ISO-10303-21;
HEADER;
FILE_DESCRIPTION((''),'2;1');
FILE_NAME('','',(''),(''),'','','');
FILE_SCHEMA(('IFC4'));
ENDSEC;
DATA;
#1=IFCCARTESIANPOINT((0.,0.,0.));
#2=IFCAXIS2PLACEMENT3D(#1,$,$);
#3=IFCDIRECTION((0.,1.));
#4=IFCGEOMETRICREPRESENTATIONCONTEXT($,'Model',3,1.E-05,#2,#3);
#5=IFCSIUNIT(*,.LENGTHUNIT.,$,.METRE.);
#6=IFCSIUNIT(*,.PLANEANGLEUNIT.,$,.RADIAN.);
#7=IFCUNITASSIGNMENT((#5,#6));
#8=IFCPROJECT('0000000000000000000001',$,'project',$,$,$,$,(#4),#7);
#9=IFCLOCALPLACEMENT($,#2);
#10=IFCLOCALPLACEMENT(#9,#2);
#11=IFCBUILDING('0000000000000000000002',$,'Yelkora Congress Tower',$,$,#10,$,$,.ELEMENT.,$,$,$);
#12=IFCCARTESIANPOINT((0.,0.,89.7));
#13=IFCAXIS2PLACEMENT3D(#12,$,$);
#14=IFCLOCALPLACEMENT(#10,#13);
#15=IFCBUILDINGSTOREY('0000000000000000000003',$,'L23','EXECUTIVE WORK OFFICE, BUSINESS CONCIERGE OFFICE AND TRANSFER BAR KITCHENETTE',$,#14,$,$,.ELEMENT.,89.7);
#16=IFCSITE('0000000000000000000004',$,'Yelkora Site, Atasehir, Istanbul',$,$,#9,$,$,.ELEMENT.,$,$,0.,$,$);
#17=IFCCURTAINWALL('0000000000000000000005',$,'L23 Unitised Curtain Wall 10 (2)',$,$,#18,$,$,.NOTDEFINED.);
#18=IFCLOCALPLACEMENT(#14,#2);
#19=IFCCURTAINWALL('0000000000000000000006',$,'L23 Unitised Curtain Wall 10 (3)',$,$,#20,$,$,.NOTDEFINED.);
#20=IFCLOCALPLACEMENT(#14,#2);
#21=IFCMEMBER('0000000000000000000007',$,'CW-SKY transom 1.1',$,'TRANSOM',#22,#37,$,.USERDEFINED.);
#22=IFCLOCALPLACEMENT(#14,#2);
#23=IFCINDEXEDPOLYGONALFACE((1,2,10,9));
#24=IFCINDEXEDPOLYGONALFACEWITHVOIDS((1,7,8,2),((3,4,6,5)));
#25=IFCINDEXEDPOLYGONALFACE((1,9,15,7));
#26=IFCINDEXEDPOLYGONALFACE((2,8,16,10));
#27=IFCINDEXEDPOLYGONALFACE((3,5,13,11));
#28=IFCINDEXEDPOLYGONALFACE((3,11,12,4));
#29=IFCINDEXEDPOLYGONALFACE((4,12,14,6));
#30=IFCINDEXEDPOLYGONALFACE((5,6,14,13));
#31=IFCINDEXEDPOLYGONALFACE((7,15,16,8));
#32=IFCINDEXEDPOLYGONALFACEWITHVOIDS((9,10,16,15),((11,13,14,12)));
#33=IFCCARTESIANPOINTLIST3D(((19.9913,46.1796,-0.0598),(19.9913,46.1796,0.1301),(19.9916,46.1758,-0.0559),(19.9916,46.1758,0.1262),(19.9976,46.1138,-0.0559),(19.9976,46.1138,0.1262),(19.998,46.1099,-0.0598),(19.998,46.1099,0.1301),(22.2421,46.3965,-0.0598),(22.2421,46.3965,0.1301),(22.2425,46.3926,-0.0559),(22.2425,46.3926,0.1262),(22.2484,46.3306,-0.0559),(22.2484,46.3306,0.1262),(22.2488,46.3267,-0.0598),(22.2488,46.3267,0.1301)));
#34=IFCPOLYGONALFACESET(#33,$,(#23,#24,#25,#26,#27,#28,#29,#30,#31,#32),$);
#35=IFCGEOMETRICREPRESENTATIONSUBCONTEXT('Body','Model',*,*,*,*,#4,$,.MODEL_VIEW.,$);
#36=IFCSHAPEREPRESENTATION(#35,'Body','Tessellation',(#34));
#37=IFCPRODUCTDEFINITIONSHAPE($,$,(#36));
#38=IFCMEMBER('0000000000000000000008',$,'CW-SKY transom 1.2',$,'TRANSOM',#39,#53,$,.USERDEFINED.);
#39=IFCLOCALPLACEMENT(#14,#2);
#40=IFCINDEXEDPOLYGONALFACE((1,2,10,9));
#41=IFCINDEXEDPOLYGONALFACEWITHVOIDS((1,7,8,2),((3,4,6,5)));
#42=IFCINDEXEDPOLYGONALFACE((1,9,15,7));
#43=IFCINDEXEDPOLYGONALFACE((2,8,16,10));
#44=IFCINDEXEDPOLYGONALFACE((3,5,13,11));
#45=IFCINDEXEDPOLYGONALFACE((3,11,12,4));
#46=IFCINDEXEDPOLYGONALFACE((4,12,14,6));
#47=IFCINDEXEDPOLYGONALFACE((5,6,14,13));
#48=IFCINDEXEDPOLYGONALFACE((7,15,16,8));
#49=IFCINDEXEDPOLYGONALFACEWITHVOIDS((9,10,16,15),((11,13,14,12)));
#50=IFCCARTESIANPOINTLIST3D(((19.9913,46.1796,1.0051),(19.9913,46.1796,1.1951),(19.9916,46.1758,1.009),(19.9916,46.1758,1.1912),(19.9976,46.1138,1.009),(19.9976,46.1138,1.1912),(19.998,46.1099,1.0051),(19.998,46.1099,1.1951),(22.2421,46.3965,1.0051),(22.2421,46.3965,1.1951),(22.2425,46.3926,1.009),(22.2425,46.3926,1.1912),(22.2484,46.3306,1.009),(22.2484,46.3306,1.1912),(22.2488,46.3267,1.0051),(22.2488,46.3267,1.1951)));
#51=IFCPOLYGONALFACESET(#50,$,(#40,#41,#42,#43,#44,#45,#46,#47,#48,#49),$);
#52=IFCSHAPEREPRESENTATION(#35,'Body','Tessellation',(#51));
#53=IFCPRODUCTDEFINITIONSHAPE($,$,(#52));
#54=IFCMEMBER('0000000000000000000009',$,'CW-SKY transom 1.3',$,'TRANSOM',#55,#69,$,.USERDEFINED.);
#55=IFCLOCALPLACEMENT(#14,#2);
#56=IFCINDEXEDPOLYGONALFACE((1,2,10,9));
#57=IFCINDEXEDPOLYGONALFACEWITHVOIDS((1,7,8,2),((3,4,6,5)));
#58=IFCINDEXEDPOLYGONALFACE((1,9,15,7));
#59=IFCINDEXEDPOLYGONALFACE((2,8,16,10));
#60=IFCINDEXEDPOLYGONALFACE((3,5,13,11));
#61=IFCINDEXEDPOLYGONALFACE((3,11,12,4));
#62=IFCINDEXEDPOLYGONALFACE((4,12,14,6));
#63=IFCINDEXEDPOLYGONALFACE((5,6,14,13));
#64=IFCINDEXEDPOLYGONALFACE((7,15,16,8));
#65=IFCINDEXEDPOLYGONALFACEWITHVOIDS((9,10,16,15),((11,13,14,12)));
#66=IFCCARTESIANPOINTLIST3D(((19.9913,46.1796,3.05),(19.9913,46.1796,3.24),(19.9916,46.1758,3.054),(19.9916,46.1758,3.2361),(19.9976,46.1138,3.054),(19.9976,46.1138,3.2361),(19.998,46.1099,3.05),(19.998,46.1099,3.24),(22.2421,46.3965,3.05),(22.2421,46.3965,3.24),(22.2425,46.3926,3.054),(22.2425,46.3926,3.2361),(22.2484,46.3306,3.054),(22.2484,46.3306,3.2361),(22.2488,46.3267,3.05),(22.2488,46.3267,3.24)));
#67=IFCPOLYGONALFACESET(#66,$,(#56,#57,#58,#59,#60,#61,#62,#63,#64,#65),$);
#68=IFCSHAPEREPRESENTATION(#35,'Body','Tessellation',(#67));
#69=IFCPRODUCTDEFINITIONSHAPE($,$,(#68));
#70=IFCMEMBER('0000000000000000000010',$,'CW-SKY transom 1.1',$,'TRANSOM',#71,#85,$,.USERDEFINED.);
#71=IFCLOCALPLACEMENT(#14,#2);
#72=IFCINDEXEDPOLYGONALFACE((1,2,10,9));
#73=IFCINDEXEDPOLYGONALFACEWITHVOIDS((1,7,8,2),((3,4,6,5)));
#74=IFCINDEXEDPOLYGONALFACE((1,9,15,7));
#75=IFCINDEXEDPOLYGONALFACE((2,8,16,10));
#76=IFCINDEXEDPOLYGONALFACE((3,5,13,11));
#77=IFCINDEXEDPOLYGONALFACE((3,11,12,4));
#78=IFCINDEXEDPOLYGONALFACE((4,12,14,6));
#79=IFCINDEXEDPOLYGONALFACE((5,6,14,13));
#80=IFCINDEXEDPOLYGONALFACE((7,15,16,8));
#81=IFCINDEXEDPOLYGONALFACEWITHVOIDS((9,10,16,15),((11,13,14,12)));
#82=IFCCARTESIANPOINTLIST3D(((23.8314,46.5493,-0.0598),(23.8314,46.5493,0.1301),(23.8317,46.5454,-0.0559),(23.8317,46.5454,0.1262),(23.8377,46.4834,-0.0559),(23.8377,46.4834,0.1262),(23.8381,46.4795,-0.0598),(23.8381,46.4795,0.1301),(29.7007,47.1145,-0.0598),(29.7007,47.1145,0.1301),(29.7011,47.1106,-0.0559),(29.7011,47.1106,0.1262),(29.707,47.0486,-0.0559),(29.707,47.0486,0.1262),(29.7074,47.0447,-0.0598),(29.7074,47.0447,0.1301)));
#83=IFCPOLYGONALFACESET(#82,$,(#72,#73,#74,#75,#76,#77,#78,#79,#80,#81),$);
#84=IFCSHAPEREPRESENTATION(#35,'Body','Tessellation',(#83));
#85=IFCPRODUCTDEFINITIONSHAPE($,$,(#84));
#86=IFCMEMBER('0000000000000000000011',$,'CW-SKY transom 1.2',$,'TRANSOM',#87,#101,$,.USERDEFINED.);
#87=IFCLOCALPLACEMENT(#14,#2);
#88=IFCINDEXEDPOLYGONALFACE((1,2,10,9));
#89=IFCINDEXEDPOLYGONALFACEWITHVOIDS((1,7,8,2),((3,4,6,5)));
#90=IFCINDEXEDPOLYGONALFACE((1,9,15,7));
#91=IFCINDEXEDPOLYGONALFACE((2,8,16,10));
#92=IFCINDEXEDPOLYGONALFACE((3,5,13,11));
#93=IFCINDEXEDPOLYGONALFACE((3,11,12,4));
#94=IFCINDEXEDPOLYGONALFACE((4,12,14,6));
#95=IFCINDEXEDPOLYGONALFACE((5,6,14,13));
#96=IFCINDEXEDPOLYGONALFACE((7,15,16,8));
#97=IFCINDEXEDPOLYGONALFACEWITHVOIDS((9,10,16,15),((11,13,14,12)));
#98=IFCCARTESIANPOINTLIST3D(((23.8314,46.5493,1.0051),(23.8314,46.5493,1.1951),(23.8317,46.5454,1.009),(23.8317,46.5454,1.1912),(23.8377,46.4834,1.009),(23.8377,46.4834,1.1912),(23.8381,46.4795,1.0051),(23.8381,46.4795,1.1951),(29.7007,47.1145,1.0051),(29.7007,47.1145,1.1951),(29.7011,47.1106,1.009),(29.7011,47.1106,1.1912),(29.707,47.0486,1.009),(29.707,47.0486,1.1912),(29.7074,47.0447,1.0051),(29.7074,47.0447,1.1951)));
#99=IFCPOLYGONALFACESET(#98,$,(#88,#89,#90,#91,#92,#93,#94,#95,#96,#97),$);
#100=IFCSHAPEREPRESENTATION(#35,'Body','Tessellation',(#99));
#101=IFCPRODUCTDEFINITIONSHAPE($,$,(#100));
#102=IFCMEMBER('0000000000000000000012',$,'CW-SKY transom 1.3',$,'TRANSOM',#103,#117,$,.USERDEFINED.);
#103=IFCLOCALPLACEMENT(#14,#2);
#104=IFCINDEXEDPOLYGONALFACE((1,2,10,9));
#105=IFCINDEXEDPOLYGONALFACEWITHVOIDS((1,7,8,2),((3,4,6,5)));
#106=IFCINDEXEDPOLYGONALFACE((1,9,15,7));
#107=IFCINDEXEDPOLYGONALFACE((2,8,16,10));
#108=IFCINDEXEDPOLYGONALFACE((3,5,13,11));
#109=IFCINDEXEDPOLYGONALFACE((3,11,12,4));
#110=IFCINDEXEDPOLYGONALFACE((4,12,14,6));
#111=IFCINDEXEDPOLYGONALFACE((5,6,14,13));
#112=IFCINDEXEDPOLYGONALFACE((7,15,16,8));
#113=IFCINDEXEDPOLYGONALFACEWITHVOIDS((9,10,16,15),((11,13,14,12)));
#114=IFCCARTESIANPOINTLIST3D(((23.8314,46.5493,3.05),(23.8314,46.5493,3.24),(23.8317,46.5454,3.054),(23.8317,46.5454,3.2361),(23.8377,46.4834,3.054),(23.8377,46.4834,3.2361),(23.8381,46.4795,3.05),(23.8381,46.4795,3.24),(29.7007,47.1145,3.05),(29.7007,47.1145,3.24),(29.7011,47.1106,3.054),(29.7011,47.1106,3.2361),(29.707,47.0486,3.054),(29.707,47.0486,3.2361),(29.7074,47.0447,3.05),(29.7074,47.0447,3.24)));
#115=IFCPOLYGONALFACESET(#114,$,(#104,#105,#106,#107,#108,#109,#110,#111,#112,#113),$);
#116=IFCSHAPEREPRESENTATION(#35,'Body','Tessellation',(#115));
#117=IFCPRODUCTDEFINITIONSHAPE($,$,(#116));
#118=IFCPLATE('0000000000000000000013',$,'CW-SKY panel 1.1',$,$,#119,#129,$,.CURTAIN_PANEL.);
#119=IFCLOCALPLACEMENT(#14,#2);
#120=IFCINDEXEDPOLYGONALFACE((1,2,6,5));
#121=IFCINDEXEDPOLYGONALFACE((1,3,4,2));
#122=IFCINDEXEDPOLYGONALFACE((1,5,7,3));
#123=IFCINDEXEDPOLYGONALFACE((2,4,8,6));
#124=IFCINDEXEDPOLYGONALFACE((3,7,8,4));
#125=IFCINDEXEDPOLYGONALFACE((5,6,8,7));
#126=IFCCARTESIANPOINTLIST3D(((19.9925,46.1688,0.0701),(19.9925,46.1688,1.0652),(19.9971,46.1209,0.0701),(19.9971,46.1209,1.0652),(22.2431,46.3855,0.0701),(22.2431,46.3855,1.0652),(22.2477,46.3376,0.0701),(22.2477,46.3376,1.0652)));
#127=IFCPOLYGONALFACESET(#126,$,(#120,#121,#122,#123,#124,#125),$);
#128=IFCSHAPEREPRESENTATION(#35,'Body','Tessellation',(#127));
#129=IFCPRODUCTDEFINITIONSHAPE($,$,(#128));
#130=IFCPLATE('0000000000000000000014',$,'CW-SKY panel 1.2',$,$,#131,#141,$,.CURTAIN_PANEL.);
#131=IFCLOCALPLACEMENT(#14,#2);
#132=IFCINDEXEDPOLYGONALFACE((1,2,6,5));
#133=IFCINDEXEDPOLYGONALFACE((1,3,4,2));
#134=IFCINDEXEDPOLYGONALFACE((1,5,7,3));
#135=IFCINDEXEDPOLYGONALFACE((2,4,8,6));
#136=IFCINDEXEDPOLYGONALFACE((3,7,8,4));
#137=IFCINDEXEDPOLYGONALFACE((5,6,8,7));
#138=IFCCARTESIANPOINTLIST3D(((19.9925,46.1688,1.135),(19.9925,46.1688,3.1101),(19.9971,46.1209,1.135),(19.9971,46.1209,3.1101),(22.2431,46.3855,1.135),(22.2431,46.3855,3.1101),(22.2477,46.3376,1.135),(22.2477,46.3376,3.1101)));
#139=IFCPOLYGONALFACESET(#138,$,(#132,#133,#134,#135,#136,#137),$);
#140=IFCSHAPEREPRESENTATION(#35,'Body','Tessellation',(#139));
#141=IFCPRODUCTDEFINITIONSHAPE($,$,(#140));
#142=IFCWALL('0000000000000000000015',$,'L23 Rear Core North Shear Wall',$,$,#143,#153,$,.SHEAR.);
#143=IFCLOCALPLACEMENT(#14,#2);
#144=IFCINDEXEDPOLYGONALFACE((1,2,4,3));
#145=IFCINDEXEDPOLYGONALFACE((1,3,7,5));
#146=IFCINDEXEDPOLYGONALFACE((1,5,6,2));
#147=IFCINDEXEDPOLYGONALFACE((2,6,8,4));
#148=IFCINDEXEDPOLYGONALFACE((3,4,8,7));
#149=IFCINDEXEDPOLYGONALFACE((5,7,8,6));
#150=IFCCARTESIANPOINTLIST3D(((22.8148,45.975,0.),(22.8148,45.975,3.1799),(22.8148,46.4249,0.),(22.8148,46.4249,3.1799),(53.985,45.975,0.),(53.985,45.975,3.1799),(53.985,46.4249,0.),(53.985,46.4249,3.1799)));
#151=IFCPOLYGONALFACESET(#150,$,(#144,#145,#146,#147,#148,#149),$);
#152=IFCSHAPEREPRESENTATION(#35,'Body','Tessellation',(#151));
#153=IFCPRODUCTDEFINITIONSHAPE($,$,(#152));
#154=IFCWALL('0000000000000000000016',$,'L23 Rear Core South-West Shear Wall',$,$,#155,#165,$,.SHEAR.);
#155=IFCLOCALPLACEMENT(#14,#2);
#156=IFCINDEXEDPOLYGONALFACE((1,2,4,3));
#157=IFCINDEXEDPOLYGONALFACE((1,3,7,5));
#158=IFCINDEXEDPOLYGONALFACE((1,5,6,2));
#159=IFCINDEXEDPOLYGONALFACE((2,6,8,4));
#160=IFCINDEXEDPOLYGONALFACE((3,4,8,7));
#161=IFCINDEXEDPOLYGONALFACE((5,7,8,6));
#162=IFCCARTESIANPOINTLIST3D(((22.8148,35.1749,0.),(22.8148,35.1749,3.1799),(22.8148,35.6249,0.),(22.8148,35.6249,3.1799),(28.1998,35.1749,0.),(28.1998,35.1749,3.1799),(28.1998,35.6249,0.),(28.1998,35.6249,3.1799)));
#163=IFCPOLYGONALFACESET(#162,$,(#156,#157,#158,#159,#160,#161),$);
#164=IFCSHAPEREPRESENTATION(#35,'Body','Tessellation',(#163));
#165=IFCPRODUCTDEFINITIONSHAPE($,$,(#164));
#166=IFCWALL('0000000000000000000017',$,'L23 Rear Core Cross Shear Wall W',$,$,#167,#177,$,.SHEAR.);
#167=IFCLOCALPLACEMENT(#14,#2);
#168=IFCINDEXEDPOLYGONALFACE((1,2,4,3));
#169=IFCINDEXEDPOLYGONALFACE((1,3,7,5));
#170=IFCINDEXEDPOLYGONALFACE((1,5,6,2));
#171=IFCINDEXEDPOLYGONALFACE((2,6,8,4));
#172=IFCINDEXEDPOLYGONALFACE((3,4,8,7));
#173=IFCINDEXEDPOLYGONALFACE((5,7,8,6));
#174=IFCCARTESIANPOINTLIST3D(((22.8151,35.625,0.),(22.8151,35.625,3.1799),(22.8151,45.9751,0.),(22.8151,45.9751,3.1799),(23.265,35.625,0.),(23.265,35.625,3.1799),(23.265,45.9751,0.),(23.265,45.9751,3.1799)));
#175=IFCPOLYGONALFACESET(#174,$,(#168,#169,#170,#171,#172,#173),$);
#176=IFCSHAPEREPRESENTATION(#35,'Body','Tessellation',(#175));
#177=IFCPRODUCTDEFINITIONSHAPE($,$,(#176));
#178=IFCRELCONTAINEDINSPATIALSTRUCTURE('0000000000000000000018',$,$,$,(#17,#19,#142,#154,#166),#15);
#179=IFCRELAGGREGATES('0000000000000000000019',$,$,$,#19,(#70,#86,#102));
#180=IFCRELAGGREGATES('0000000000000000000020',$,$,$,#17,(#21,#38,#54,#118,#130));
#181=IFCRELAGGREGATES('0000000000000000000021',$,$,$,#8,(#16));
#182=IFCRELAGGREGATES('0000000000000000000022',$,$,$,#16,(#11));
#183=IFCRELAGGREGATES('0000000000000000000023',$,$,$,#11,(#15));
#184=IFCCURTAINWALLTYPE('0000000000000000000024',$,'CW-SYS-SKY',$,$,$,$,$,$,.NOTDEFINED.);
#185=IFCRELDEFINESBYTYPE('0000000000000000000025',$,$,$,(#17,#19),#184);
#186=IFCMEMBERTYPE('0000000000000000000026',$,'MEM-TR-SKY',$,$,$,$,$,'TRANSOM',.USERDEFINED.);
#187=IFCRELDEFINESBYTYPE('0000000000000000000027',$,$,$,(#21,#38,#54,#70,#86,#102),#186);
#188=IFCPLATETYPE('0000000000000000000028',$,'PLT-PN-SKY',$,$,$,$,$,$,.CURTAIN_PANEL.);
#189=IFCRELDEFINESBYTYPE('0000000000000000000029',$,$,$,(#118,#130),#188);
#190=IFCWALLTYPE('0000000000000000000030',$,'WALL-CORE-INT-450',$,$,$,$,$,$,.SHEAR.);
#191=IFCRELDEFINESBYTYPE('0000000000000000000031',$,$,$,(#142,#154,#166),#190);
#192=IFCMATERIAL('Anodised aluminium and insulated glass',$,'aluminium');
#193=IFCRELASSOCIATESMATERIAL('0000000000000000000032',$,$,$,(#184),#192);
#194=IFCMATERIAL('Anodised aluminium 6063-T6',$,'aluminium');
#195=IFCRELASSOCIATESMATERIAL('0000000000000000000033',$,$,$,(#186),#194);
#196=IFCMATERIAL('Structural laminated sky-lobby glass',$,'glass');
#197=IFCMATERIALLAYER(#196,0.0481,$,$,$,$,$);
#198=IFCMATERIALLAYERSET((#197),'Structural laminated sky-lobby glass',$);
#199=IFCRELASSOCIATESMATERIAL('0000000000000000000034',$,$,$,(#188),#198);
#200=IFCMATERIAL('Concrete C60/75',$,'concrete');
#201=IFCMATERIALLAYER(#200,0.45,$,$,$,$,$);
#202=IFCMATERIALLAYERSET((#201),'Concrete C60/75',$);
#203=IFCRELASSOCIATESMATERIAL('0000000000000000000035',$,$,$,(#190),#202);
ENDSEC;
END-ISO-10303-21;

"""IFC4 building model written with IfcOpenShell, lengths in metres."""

from ifc_helpers import new_model, si_unit, direction, frame, frame_2d, origin, origin_2d, place, context, subcontext, project, spatial, rectangle, hollow_rectangle, extrude, material, layer, layer_set, material_profile, profile_set, type_object, element, aggregate, save


model = new_model("IFC4")

# Units and contexts
model_context = context("Model", 3, precision=1e-05, world=origin(), true_north=direction((0.0, 1.0)))
body_context = subcontext(model_context, "Body", "Model", "MODEL_VIEW")
ifc_project = project(units=[si_unit("LENGTHUNIT", "METRE"), si_unit("PLANEANGLEUNIT", "RADIAN")], contexts=[model_context])

# Site, building, storey
site_placement = place(None, origin())
site = spatial("IfcSite", under=ifc_project, at=site_placement, Name="Yelkora Site, Atasehir, Istanbul", CompositionType="ELEMENT", RefElevation=0.0)
building_placement = place(site_placement, origin())
building = spatial("IfcBuilding", under=site, at=building_placement, Name="Yelkora Congress Tower", CompositionType="ELEMENT")
storey_placement = place(building_placement, frame((0.0, 0.0, 89.7)))
storey = spatial("IfcBuildingStorey", under=building, at=storey_placement, Name="L23", Description="EXECUTIVE WORK OFFICE, BUSINESS CONCIERGE OFFICE AND TRANSFER BAR KITCHENETTE", CompositionType="ELEMENT", Elevation=89.7)

# Curtain walls
ifc_material_1 = material(Name="Anodised aluminium and insulated glass", Category="aluminium")
curtain_wall_type = type_object("IfcCurtainWallType", Name="CW-SYS-SKY", PredefinedType="NOTDEFINED", material=ifc_material_1)
curtain_wall_1_placement = place(storey_placement, origin())
curtain_wall_1 = element("IfcCurtainWall", 1, at=curtain_wall_1_placement, inside=storey, type_object=curtain_wall_type, Name="L23 Unitised Curtain Wall 10 (2)", PredefinedType="NOTDEFINED")
ifc_material_2 = material(Name="Anodised aluminium 6063-T6", Category="aluminium")
curtain_wall_2_placement = place(storey_placement, origin())
curtain_wall_2 = element("IfcCurtainWall", 2, at=curtain_wall_2_placement, inside=storey, type_object=curtain_wall_type, Name="L23 Unitised Curtain Wall 10 (3)", PredefinedType="NOTDEFINED")

# Members
ifc_material_profile_1 = material_profile(ifc_material_2, hollow_rectangle(XDim=0.0701, YDim=0.1899, WallThickness=0.0039, at=origin_2d()), Name="ALU 70x190x4")
ifc_profile_set_1 = profile_set([ifc_material_profile_1], Name="Anodised aluminium 6063-T6")
member_type_1 = type_object("IfcMemberType", Name="MEM-TR-SKY", ElementType="TRANSOM", PredefinedType="USERDEFINED", material=ifc_profile_set_1)
member_1_placement = place(storey_placement, frame((19.9946, 46.1448, 0.0352), z_axis=(0.995393, 0.095879, 0.0), x_axis=(-0.095879, 0.995393, 0.0)))
member_1 = element("IfcMember", 3, at=member_1_placement, type_object=member_type_1, Name="CW-SKY transom 1.1", ObjectType="TRANSOM", PredefinedType="USERDEFINED", context=body_context, shape_type="SweptSolid", body=[
    extrude(hollow_rectangle(XDim=0.0701, YDim=0.1899, WallThickness=0.0039, at=origin_2d()), origin(), (0.0, 0.0, 1.0), 2.2612),
])
member_2_placement = place(storey_placement, frame((19.9946, 46.1448, 1.1001), z_axis=(0.995393, 0.095879, 0.0), x_axis=(-0.095879, 0.995393, 0.0)))
member_2 = element("IfcMember", 4, at=member_2_placement, type_object=member_type_1, Name="CW-SKY transom 1.2", ObjectType="TRANSOM", PredefinedType="USERDEFINED", context=body_context, shape_type="SweptSolid", body=[
    extrude(hollow_rectangle(XDim=0.0701, YDim=0.1899, WallThickness=0.0039, at=origin_2d()), origin(), (0.0, 0.0, 1.0), 2.2612),
])
member_3_placement = place(storey_placement, frame((19.9946, 46.1448, 3.145), z_axis=(0.995393, 0.095879, 0.0), x_axis=(-0.095879, 0.995393, 0.0)))
member_3 = element("IfcMember", 5, at=member_3_placement, type_object=member_type_1, Name="CW-SKY transom 1.3", ObjectType="TRANSOM", PredefinedType="USERDEFINED", context=body_context, shape_type="SweptSolid", body=[
    extrude(hollow_rectangle(XDim=0.0701, YDim=0.1899, WallThickness=0.0039, at=origin_2d()), origin(), (0.0, 0.0, 1.0), 2.2612),
])
member_4_placement = place(storey_placement, frame((23.8347, 46.5144, 0.0352), z_axis=(0.995396, 0.09585, 0.0), x_axis=(-0.09585, 0.995396, 0.0)))
member_4 = element("IfcMember", 6, at=member_4_placement, type_object=member_type_1, Name="CW-SKY transom 1.1", ObjectType="TRANSOM", PredefinedType="USERDEFINED", context=body_context, shape_type="SweptSolid", body=[
    extrude(hollow_rectangle(XDim=0.0701, YDim=0.1899, WallThickness=0.0039, at=origin_2d()), origin(), (0.0, 0.0, 1.0), 5.8965),
])
member_5_placement = place(storey_placement, frame((23.8347, 46.5144, 1.1001), z_axis=(0.995396, 0.09585, 0.0), x_axis=(-0.09585, 0.995396, 0.0)))
member_5 = element("IfcMember", 7, at=member_5_placement, type_object=member_type_1, Name="CW-SKY transom 1.2", ObjectType="TRANSOM", PredefinedType="USERDEFINED", context=body_context, shape_type="SweptSolid", body=[
    extrude(hollow_rectangle(XDim=0.0701, YDim=0.1899, WallThickness=0.0039, at=origin_2d()), origin(), (0.0, 0.0, 1.0), 5.8965),
])
member_6_placement = place(storey_placement, frame((23.8347, 46.5144, 3.145), z_axis=(0.995396, 0.09585, 0.0), x_axis=(-0.09585, 0.995396, 0.0)))
member_6 = element("IfcMember", 8, at=member_6_placement, type_object=member_type_1, Name="CW-SKY transom 1.3", ObjectType="TRANSOM", PredefinedType="USERDEFINED", context=body_context, shape_type="SweptSolid", body=[
    extrude(hollow_rectangle(XDim=0.0701, YDim=0.1899, WallThickness=0.0039, at=origin_2d()), origin(), (0.0, 0.0, 1.0), 5.8965),
])
aggregate(curtain_wall_2, [member_4, member_5, member_6])

# Plates
ifc_material_3 = material(Name="Structural laminated sky-lobby glass", Category="glass")
ifc_layer_1 = layer(ifc_material_3, 0.0481)
ifc_layer_set_1 = layer_set([ifc_layer_1], Name="Structural laminated sky-lobby glass")
plate_type = type_object("IfcPlateType", Name="PLT-PN-SKY", PredefinedType="CURTAIN_PANEL", material=ifc_layer_set_1)
plate_1_placement = place(storey_placement, frame((21.1201, 46.2532, 0.0701), z_axis=(0.0, 0.0, 1.0), x_axis=(0.995396, 0.095848, 0.0)))
plate_1 = element("IfcPlate", 9, at=plate_1_placement, type_object=plate_type, Name="CW-SKY panel 1.1", PredefinedType="CURTAIN_PANEL", context=body_context, shape_type="SweptSolid", body=[
    extrude(rectangle(XDim=2.261, YDim=0.0481, at=origin_2d()), origin(), (0.0, 0.0, 1.0), 0.9951),
])
plate_2_placement = place(storey_placement, frame((21.1201, 46.2532, 1.135), z_axis=(0.0, 0.0, 1.0), x_axis=(0.995396, 0.095848, 0.0)))
plate_2 = element("IfcPlate", 10, at=plate_2_placement, type_object=plate_type, Name="CW-SKY panel 1.2", PredefinedType="CURTAIN_PANEL", context=body_context, shape_type="SweptSolid", body=[
    extrude(rectangle(XDim=2.261, YDim=0.0481, at=origin_2d()), origin(), (0.0, 0.0, 1.0), 1.9751),
])
aggregate(curtain_wall_1, [member_1, member_2, member_3, plate_1, plate_2])

# Walls
ifc_material_4 = material(Name="Concrete C60/75", Category="concrete")
ifc_layer_2 = layer(ifc_material_4, 0.45)
ifc_layer_set_2 = layer_set([ifc_layer_2], Name="Concrete C60/75")
wall_type_1 = type_object("IfcWallType", Name="WALL-CORE-INT-450", PredefinedType="SHEAR", material=ifc_layer_set_2)
wall_1_placement = place(storey_placement, frame((22.8149, 46.2, 0.0), z_axis=(0.0, 0.0, 1.0), x_axis=(1.0, 0.0, 0.0)))
element("IfcWall", 11, at=wall_1_placement, inside=storey, type_object=wall_type_1, Name="L23 Rear Core North Shear Wall", PredefinedType="SHEAR", context=body_context, shape_type="SweptSolid", body=[
    extrude(rectangle(XDim=31.1702, YDim=0.45, at=frame_2d((15.585, 0.0))), origin(), (0.0, 0.0, 1.0), 3.1799),
])
wall_2_placement = place(storey_placement, frame((22.8149, 35.3999, 0.0), z_axis=(0.0, 0.0, 1.0), x_axis=(1.0, 0.0, 0.0)))
element("IfcWall", 12, at=wall_2_placement, inside=storey, type_object=wall_type_1, Name="L23 Rear Core South-West Shear Wall", PredefinedType="SHEAR", context=body_context, shape_type="SweptSolid", body=[
    extrude(rectangle(XDim=5.385, YDim=0.45, at=frame_2d((2.6924, 0.0))), origin(), (0.0, 0.0, 1.0), 3.1799),
])
wall_3_placement = place(storey_placement, frame((23.04, 35.625, 0.0), z_axis=(0.0, 0.0, 1.0), x_axis=(0.0, 1.0, 0.0)))
element("IfcWall", 13, at=wall_3_placement, inside=storey, type_object=wall_type_1, Name="L23 Rear Core Cross Shear Wall W", PredefinedType="SHEAR", context=body_context, shape_type="SweptSolid", body=[
    extrude(rectangle(XDim=10.3501, YDim=0.45, at=frame_2d((5.175, 0.0))), origin(), (0.0, 0.0, 1.0), 3.1799),
])

save(model, "model.ifc")
